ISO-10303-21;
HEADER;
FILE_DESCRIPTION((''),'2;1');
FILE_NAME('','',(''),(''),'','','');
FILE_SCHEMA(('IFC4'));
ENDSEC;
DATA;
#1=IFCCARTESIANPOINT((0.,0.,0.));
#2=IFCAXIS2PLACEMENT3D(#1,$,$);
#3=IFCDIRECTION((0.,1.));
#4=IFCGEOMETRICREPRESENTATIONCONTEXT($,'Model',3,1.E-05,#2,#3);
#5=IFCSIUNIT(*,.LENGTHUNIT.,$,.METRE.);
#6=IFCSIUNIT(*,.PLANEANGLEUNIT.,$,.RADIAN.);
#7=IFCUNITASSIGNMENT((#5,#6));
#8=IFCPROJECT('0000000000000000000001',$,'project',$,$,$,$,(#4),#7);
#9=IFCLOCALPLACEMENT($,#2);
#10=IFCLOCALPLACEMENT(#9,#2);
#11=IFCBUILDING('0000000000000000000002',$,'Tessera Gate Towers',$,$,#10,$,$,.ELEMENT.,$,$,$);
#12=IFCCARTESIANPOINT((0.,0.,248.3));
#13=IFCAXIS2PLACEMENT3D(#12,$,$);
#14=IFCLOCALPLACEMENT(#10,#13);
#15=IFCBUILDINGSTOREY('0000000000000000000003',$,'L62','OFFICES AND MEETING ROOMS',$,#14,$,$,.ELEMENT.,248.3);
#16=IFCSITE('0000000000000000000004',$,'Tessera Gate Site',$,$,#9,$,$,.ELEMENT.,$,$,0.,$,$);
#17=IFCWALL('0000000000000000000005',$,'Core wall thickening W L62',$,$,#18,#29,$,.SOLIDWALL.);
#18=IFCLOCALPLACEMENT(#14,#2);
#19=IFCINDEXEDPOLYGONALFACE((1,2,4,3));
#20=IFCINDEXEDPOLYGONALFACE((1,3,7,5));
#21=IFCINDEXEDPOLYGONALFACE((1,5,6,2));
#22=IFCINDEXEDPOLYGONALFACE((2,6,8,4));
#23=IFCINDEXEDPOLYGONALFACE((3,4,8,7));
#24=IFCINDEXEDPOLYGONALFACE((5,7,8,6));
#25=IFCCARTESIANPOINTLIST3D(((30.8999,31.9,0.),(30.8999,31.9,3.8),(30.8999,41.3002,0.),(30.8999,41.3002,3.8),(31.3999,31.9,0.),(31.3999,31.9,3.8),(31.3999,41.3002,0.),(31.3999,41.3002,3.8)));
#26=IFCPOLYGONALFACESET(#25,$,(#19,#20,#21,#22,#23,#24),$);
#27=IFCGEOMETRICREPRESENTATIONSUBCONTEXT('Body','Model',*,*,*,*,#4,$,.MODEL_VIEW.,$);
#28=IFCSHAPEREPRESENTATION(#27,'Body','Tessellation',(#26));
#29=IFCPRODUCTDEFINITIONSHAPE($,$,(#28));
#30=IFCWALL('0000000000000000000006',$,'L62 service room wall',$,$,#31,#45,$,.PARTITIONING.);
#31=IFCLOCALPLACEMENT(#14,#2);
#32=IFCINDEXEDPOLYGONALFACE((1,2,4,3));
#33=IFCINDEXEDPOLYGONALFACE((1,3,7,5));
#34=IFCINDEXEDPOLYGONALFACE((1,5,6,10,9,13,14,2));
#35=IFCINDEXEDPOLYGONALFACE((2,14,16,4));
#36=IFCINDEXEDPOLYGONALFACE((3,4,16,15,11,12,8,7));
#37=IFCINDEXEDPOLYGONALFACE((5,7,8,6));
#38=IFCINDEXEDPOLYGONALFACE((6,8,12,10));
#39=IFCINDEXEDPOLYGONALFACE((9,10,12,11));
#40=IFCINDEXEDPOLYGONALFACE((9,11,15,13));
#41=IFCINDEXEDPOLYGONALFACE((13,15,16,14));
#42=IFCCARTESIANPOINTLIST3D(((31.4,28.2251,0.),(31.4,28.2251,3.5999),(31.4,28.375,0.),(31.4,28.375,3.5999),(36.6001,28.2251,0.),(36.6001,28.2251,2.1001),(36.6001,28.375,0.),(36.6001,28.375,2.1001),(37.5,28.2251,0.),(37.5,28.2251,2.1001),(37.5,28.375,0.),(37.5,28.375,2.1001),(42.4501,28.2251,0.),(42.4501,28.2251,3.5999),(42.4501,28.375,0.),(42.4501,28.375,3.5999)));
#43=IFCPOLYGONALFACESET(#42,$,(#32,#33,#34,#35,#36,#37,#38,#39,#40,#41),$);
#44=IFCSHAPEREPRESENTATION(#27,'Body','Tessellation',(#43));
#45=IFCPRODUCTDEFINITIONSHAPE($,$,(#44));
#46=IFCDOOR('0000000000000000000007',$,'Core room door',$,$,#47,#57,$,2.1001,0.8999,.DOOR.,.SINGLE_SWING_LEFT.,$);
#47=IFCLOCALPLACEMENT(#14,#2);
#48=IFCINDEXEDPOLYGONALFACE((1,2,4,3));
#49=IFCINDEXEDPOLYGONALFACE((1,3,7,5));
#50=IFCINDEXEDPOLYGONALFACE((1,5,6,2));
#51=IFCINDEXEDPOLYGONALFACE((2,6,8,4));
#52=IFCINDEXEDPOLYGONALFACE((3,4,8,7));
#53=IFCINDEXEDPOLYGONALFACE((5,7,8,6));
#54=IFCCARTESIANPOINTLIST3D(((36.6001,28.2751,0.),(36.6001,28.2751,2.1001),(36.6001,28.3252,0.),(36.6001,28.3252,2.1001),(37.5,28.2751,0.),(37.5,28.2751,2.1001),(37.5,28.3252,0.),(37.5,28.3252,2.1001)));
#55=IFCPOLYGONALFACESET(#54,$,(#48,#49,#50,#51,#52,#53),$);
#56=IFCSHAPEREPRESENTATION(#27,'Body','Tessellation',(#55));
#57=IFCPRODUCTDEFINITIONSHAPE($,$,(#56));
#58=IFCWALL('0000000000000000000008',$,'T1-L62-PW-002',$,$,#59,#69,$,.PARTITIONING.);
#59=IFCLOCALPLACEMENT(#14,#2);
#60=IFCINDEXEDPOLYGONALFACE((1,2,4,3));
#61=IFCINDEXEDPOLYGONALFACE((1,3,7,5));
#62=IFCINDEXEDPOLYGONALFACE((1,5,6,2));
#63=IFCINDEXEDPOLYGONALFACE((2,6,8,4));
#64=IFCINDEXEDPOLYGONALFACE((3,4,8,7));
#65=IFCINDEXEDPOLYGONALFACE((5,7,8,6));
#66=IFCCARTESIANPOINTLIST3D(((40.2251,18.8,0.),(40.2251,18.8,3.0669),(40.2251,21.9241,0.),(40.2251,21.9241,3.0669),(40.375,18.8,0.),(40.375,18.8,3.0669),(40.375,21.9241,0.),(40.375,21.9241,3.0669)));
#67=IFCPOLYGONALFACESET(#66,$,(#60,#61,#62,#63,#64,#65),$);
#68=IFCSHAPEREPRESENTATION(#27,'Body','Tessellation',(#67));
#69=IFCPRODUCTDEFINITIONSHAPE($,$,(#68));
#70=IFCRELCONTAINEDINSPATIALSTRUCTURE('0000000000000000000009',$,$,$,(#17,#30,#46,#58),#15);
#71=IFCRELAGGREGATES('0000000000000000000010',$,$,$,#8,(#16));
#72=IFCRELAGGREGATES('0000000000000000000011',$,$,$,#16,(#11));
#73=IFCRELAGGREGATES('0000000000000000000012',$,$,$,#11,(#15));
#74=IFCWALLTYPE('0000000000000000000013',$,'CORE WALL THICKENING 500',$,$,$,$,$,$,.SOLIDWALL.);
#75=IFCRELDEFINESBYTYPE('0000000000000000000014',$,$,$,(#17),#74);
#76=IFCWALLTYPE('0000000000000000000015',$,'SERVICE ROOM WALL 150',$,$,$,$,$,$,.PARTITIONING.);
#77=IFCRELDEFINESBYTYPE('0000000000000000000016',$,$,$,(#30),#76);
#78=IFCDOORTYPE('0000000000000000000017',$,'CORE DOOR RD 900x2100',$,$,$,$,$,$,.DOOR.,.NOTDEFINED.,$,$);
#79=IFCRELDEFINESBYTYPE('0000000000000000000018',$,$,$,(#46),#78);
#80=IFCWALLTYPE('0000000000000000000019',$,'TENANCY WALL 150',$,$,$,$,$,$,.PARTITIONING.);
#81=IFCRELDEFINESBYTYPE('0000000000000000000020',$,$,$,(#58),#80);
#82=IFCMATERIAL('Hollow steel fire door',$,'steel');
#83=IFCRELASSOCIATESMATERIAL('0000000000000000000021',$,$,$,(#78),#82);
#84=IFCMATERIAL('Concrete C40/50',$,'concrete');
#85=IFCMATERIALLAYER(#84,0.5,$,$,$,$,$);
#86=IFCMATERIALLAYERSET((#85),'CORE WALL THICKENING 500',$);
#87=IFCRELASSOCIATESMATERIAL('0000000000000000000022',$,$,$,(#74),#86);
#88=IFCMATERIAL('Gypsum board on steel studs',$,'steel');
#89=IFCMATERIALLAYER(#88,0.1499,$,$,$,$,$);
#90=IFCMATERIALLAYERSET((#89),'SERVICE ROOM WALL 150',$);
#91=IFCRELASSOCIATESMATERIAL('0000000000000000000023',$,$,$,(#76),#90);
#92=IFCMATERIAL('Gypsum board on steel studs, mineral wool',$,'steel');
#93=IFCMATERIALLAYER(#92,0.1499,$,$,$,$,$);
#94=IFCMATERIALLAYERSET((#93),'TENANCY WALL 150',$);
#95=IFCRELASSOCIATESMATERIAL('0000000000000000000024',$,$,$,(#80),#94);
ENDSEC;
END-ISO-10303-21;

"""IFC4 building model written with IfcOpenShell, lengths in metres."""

from ifc_helpers import new_model, si_unit, direction, frame, frame_2d, origin, place, context, subcontext, project, spatial, rectangle, extrude, source, transform, mapped, material, layer, layer_set, type_object, element, fill, save


model = new_model("IFC4")

# Units and contexts
model_context = context("Model", 3, precision=1e-05, world=origin(), true_north=direction((0.0, 1.0)))
body_context = subcontext(model_context, "Body", "Model", "MODEL_VIEW")
ifc_project = project(units=[si_unit("LENGTHUNIT", "METRE"), si_unit("PLANEANGLEUNIT", "RADIAN")], contexts=[model_context])

# Site, building, storey
site_placement = place(None, origin())
site = spatial("IfcSite", under=ifc_project, at=site_placement, Name="Tessera Gate Site", CompositionType="ELEMENT", RefElevation=0.0)
building_placement = place(site_placement, origin())
building = spatial("IfcBuilding", under=site, at=building_placement, Name="Tessera Gate Towers", CompositionType="ELEMENT")
storey_placement = place(building_placement, frame((0.0, 0.0, 248.3)))
storey = spatial("IfcBuildingStorey", under=building, at=storey_placement, Name="L62", Description="OFFICES AND MEETING ROOMS", CompositionType="ELEMENT", Elevation=248.3)

# Shared definitions
ifc_material_1 = material(Name="Hollow steel fire door", Category="steel")
door_type_1 = type_object("IfcDoorType", Name="CORE DOOR RD 900x2100", OperationType="NOTDEFINED", PredefinedType="DOOR", material=ifc_material_1)
shared_shape_1 = source(origin(), body_context, "Body", "SweptSolid", [
    extrude(rectangle(XDim=0.8999, YDim=2.1001, at=frame_2d((0.45, 1.05))), frame((0.0, 0.0249, 0.0), z_axis=(0.0, -1.0, 0.0), x_axis=(1.0, 0.0, 0.0)), (0.0, 0.0, 1.0), 0.05),
])

# Wall
ifc_material_2 = material(Name="Concrete C40/50", Category="concrete")
ifc_layer_1 = layer(ifc_material_2, 0.5)
ifc_layer_set_1 = layer_set([ifc_layer_1], Name="CORE WALL THICKENING 500")
wall_type_1 = type_object("IfcWallType", Name="CORE WALL THICKENING 500", PredefinedType="SOLIDWALL", material=ifc_layer_set_1)
wall_1_placement = place(storey_placement, frame((31.1499, 31.8999, 0.0), z_axis=(0.0, 0.0, 1.0), x_axis=(0.0, 1.0, 0.0)))
element("IfcWall", 1, at=wall_1_placement, inside=storey, type_object=wall_type_1, Name="Core wall thickening W L62", PredefinedType="SOLIDWALL", context=body_context, shape_type="SweptSolid", body=[
    extrude(rectangle(XDim=9.4001, YDim=0.5, at=frame_2d((4.7002, 0.0))), origin(), (0.0, 0.0, 1.0), 3.8),
])

# Wall, opening, door
ifc_material_3 = material(Name="Gypsum board on steel studs", Category="steel")
ifc_layer_2 = layer(ifc_material_3, 0.1499)
ifc_layer_set_2 = layer_set([ifc_layer_2], Name="SERVICE ROOM WALL 150")
wall_type_2 = type_object("IfcWallType", Name="SERVICE ROOM WALL 150", PredefinedType="PARTITIONING", material=ifc_layer_set_2)
wall_2_placement = place(storey_placement, frame((42.45, 28.3, 0.0), z_axis=(0.0, 0.0, 1.0), x_axis=(-1.0, 0.0, 0.0)))
wall_2 = element("IfcWall", 2, at=wall_2_placement, inside=storey, type_object=wall_type_2, Name="L62 service room wall", PredefinedType="PARTITIONING", context=body_context, shape_type="SweptSolid", body=[
    extrude(rectangle(XDim=11.05, YDim=0.1499, at=frame_2d((5.5249, 0.0))), origin(), (0.0, 0.0, 1.0), 3.5999),
])
shared_shape_2 = source(origin(), body_context, "Body", "SweptSolid", [
    extrude(rectangle(XDim=0.8999, YDim=2.1001, at=frame_2d((0.45, 1.05))), frame((0.0, 0.085, 0.0), z_axis=(0.0, -1.0, 0.0), x_axis=(1.0, 0.0, 0.0)), (0.0, 0.0, 1.0), 0.1699),
])
opening_1_placement = place(wall_2_placement, frame((4.95, 0.0, 0.0)))
opening_1 = element("IfcOpeningElement", 3, at=opening_1_placement, cuts=wall_2, PredefinedType="OPENING", context=body_context, shape_type="MappedRepresentation", body=[
    mapped(shared_shape_2, transform((0.0, 0.0, 0.0), scale=1.0)),
])
door_1_placement = place(opening_1_placement, origin())
door_1 = element("IfcDoor", 4, at=door_1_placement, inside=storey, type_object=door_type_1, Name="Core room door", OperationType="SINGLE_SWING_LEFT", OverallHeight=2.1001, OverallWidth=0.8999, PredefinedType="DOOR", context=body_context, shape_type="MappedRepresentation", body=[
    mapped(shared_shape_1, transform((0.0, 0.0, 0.0), scale=1.0)),
])
fill(opening_1, door_1)

# Wall
ifc_material_4 = material(Name="Gypsum board on steel studs, mineral wool", Category="steel")
ifc_layer_3 = layer(ifc_material_4, 0.1499)
ifc_layer_set_3 = layer_set([ifc_layer_3], Name="TENANCY WALL 150")
wall_type_3 = type_object("IfcWallType", Name="TENANCY WALL 150", PredefinedType="PARTITIONING", material=ifc_layer_set_3)
wall_3_placement = place(storey_placement, frame((40.3, 18.8, 0.0), z_axis=(0.0, 0.0, 1.0), x_axis=(0.0, 1.0, 0.0)))
element("IfcWall", 5, at=wall_3_placement, inside=storey, type_object=wall_type_3, Name="T1-L62-PW-002", PredefinedType="PARTITIONING", context=body_context, shape_type="SweptSolid", body=[
    extrude(rectangle(XDim=3.124, YDim=0.1499, at=frame_2d((1.562, 0.0))), origin(), (0.0, 0.0, 1.0), 3.0669),
])

save(model, "model.ifc")
